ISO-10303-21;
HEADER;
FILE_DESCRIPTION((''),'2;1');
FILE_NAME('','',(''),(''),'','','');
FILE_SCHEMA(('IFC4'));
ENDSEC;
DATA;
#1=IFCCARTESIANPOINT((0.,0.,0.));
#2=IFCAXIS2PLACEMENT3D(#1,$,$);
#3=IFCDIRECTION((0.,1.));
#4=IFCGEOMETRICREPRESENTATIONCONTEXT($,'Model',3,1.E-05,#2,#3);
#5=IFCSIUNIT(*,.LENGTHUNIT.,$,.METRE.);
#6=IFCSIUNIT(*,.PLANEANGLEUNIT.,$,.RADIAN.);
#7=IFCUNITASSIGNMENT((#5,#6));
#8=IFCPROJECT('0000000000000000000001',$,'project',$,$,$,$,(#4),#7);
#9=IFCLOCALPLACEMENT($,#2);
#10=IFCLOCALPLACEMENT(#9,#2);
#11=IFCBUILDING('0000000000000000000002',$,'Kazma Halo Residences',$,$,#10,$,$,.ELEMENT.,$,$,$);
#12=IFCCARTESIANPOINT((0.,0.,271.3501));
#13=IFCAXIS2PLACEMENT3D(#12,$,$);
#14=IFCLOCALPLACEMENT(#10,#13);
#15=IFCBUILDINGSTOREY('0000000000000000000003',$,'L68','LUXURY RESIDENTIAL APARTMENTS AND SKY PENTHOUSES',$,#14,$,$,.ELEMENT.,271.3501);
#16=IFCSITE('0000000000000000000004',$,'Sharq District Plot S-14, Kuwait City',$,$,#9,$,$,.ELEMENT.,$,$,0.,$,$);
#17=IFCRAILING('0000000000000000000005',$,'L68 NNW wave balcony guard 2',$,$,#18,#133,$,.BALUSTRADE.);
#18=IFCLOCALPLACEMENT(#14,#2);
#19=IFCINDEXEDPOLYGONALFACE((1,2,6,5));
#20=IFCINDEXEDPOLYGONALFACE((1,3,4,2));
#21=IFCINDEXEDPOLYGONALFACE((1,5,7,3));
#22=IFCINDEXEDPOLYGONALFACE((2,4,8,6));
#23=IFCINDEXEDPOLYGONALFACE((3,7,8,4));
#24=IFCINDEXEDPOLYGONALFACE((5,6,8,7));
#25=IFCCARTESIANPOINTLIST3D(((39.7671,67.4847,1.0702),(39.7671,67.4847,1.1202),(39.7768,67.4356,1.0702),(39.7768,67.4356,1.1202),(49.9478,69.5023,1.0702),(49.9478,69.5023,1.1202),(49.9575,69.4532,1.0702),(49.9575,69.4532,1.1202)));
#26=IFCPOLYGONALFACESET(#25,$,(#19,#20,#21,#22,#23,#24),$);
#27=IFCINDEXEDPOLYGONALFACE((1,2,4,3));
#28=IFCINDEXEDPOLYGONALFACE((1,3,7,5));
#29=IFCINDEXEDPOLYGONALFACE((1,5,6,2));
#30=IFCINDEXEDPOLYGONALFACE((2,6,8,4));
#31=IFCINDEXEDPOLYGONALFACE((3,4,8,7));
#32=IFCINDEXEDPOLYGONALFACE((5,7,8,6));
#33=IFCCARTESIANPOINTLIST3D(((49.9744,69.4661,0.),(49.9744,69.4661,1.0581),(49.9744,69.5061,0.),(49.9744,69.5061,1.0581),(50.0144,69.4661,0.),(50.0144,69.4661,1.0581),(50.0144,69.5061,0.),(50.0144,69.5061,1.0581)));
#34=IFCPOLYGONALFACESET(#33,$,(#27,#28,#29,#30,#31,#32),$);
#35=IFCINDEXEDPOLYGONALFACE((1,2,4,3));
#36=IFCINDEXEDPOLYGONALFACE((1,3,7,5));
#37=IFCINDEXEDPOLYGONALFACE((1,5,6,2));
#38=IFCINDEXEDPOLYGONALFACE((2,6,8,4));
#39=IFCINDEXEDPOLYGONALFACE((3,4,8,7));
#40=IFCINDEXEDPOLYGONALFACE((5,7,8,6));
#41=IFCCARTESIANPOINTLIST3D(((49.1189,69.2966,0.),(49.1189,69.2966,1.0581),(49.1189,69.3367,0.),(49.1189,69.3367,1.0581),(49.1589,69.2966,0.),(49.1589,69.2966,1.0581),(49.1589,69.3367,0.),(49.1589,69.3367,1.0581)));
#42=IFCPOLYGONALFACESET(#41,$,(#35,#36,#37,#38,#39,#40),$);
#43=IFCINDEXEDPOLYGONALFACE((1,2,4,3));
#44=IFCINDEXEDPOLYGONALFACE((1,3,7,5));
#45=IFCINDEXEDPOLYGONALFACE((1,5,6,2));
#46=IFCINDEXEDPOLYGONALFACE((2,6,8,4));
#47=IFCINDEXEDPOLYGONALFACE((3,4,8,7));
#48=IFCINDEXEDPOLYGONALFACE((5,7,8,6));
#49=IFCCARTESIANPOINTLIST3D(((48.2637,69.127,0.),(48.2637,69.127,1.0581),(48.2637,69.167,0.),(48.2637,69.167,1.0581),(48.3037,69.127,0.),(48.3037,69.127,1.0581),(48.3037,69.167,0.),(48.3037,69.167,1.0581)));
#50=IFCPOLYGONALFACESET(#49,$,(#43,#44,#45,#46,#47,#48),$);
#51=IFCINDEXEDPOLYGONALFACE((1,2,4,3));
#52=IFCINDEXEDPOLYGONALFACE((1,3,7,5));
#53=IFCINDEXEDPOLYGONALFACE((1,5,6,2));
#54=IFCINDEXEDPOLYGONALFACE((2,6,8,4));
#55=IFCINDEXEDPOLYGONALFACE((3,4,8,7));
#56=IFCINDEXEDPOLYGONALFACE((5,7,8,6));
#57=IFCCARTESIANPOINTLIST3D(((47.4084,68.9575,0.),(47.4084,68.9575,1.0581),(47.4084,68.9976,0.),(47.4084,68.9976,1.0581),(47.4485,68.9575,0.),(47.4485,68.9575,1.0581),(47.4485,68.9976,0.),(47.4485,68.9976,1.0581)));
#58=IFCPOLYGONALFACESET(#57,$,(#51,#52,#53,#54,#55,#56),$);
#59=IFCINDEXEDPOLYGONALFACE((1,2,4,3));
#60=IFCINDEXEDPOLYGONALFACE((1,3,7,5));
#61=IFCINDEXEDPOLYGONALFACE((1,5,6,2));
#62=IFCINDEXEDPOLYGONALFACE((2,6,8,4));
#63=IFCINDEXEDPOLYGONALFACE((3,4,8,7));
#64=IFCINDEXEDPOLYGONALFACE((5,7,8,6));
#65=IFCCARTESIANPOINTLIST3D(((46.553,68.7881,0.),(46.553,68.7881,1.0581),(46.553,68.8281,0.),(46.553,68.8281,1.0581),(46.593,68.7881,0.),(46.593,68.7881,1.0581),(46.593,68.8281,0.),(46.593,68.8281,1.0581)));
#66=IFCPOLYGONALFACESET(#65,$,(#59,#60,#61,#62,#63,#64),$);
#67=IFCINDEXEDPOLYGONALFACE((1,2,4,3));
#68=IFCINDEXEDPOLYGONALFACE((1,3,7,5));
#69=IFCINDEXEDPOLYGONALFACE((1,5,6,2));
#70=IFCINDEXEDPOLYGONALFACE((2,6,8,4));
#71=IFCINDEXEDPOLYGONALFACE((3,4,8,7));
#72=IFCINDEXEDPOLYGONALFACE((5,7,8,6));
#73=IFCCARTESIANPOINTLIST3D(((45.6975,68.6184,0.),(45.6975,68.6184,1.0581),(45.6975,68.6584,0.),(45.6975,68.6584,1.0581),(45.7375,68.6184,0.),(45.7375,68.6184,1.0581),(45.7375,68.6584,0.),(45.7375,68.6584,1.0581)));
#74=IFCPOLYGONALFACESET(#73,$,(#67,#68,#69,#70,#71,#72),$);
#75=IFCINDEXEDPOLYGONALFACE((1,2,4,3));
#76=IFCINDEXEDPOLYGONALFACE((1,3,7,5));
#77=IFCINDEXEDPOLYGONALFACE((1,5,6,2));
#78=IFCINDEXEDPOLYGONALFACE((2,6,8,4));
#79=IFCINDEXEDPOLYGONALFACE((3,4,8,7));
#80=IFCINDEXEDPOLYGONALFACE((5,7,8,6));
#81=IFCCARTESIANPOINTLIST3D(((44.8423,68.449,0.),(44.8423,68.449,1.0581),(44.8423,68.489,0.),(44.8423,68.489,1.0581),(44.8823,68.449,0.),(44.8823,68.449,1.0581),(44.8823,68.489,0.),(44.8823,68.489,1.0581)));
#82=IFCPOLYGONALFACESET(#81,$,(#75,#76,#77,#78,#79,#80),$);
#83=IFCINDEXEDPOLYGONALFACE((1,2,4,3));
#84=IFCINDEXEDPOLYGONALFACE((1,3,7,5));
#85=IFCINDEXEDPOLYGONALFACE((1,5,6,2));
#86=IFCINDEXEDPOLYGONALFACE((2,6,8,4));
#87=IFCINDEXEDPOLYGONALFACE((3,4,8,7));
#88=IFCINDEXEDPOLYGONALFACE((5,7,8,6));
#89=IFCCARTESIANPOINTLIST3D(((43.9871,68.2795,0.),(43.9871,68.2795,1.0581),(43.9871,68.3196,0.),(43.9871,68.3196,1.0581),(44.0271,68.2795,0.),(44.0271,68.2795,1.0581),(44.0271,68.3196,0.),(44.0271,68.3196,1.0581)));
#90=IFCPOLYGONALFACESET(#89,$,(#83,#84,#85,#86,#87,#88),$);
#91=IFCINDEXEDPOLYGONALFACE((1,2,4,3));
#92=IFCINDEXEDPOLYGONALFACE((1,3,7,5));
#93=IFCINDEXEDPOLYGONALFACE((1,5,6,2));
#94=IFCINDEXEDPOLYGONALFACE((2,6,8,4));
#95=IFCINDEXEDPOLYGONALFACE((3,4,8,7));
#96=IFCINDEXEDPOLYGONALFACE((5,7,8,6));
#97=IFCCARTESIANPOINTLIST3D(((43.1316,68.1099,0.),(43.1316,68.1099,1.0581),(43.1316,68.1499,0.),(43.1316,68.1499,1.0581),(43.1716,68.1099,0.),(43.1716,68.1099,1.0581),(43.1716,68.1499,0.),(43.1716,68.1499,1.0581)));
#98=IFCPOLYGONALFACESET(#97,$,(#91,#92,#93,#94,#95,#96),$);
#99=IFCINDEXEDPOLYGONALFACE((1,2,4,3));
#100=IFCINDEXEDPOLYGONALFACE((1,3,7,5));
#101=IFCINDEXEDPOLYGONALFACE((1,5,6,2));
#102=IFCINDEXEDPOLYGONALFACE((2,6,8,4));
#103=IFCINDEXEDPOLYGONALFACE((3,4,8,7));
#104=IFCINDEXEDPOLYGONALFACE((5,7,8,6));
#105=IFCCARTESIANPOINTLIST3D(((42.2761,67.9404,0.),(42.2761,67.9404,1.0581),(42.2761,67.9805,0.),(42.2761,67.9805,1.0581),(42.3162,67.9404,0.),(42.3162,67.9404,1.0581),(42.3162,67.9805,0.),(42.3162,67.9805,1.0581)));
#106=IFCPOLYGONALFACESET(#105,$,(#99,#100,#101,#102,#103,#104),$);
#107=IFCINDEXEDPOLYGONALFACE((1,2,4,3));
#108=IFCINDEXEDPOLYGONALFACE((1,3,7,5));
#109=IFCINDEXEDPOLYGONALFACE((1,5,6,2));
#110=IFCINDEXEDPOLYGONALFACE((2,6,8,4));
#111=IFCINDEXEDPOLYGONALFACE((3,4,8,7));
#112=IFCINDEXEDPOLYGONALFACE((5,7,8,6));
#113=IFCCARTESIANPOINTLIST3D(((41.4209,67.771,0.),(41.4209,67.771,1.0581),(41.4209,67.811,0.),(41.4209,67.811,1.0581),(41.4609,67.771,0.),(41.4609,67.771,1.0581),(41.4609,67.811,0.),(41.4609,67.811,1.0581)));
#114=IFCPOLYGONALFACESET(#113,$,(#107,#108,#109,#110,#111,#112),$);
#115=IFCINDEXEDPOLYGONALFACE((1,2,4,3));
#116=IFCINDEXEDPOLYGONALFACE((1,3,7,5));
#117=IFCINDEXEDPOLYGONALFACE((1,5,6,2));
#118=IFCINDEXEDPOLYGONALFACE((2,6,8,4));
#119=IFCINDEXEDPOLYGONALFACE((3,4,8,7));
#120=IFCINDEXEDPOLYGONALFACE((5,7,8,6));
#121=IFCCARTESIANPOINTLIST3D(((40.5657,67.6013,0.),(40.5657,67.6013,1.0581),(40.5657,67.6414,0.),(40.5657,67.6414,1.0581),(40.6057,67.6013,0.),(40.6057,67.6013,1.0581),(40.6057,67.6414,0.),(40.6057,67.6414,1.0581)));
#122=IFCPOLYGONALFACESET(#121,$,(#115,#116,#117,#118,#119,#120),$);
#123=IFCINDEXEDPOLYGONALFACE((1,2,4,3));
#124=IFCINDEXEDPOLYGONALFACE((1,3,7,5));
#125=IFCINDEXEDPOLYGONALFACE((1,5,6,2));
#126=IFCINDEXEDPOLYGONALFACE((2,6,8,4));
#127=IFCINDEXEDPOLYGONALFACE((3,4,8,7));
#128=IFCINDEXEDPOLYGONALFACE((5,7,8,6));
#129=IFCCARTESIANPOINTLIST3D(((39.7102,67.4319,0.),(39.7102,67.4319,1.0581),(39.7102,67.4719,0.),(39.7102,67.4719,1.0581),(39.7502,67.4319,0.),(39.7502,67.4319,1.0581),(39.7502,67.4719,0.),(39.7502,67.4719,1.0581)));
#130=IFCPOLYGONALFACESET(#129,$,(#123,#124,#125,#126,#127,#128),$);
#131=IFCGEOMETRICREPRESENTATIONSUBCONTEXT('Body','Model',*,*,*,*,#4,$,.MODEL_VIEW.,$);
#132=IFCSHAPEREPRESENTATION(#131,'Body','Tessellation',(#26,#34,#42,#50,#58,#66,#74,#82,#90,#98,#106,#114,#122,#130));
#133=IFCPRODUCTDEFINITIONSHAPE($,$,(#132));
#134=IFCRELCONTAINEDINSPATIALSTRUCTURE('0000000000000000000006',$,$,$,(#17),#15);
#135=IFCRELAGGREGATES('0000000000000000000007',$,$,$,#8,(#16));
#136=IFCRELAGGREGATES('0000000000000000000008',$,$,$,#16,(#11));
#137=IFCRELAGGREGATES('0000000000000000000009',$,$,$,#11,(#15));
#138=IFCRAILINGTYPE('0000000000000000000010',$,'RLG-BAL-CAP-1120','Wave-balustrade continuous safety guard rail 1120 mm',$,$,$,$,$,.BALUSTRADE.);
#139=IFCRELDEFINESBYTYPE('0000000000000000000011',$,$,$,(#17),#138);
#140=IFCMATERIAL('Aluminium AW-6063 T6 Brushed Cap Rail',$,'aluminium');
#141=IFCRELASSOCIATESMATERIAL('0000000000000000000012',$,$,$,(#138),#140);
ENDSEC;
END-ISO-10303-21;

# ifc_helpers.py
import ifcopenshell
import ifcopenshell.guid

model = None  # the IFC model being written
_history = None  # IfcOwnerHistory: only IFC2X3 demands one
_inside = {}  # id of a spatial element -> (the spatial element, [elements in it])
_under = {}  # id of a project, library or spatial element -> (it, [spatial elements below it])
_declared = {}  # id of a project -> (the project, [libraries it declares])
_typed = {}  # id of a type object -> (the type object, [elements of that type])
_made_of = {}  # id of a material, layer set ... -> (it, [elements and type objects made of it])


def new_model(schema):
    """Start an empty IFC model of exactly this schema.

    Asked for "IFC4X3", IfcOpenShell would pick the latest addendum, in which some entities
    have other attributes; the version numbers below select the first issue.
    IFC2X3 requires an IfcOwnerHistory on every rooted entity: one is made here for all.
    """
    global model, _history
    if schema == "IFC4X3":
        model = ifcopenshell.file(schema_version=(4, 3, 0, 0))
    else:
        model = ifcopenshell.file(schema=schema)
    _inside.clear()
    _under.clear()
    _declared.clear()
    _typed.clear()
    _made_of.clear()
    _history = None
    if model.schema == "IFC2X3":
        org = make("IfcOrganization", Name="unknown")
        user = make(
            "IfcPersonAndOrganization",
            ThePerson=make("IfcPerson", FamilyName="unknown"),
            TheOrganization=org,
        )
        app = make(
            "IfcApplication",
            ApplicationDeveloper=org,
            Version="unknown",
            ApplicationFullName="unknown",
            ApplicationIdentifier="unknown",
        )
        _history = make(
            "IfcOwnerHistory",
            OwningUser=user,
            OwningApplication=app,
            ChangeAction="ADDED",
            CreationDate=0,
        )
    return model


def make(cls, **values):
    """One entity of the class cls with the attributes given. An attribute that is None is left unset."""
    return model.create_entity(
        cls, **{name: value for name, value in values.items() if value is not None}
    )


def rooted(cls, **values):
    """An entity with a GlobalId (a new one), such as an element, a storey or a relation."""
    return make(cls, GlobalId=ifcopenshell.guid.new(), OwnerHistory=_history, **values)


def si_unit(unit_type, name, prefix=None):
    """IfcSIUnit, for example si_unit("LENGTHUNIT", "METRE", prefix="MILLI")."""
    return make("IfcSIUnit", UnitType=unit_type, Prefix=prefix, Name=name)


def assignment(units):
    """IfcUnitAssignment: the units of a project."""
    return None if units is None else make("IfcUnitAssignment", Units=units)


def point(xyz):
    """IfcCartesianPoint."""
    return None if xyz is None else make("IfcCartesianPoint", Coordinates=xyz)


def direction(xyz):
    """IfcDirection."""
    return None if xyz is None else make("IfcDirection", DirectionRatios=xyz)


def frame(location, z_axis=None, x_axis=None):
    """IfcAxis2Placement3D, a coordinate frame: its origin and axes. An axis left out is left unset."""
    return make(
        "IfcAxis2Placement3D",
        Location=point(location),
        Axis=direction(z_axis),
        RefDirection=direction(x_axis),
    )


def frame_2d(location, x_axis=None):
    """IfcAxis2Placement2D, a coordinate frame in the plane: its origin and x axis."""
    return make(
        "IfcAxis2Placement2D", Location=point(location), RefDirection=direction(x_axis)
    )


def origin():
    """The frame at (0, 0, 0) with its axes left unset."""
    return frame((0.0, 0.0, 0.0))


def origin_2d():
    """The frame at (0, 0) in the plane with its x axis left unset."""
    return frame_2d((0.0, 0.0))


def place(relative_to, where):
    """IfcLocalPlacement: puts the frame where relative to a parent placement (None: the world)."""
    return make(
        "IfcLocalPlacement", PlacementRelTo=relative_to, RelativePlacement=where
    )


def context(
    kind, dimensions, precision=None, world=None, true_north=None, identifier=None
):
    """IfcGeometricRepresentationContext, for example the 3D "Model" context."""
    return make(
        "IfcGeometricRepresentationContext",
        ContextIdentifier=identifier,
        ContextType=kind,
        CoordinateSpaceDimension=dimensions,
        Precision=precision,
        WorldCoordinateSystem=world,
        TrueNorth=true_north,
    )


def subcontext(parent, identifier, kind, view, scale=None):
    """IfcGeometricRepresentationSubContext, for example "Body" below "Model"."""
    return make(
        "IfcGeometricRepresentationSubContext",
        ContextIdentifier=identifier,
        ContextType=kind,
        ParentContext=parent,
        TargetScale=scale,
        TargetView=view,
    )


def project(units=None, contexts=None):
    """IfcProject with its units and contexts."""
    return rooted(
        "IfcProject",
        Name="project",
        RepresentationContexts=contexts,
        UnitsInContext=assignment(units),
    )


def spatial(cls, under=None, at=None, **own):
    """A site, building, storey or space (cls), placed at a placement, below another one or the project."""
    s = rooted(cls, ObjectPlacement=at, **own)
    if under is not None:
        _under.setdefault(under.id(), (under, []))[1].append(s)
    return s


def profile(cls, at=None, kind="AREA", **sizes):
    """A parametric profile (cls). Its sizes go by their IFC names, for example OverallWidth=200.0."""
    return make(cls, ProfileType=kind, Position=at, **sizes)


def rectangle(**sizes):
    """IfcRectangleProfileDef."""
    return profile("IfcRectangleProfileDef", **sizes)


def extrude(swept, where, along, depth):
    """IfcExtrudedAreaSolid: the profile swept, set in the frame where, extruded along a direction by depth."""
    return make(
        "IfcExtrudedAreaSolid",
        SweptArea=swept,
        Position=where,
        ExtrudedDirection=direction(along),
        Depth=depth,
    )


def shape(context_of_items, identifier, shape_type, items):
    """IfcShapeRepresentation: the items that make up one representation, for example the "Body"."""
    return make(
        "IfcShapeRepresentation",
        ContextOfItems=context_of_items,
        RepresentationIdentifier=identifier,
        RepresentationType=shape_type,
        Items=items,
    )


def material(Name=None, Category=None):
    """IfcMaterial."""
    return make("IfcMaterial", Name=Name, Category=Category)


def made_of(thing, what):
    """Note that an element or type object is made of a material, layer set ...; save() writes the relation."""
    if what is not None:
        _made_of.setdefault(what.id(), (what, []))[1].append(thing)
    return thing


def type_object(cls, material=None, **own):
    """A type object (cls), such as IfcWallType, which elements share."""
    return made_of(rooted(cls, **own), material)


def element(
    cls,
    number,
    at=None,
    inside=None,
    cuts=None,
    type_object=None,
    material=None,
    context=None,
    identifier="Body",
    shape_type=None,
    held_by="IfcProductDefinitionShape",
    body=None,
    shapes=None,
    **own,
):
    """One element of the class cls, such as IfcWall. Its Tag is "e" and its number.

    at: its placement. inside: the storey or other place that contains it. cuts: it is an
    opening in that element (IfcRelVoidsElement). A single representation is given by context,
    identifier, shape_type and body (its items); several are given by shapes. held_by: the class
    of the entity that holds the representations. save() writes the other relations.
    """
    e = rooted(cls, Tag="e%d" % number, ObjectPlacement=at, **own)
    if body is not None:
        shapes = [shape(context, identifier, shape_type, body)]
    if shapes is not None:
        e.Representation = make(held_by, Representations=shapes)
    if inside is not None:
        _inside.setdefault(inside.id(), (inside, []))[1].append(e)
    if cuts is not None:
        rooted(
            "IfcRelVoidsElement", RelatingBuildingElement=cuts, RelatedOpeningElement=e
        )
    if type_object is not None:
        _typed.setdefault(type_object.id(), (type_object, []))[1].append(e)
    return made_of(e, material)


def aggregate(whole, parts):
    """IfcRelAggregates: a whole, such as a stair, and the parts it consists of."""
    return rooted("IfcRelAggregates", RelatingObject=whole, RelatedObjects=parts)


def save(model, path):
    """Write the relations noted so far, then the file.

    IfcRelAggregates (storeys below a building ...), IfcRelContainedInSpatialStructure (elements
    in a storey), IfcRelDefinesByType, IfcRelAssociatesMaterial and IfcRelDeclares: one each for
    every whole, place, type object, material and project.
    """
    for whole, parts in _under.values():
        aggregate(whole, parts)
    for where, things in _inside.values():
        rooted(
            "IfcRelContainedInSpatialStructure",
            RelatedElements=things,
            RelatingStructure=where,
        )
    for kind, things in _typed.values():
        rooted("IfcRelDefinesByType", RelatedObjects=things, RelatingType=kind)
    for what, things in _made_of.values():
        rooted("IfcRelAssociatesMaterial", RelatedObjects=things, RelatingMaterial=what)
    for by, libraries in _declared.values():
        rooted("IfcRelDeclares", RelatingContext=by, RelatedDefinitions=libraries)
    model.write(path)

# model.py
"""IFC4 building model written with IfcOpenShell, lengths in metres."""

from ifc_helpers import new_model, si_unit, direction, frame, origin, origin_2d, place, context, subcontext, project, spatial, rectangle, extrude, material, type_object, element, save


model = new_model("IFC4")

# Units and contexts
model_context = context("Model", 3, precision=1e-05, world=origin(), true_north=direction((0.0, 1.0)))
body_context = subcontext(model_context, "Body", "Model", "MODEL_VIEW")
ifc_project = project(units=[si_unit("LENGTHUNIT", "METRE"), si_unit("PLANEANGLEUNIT", "RADIAN")], contexts=[model_context])

# Site, building, storey
site_placement = place(None, origin())
site = spatial("IfcSite", under=ifc_project, at=site_placement, Name="Sharq District Plot S-14, Kuwait City", CompositionType="ELEMENT", RefElevation=0.0)
building_placement = place(site_placement, origin())
building = spatial("IfcBuilding", under=site, at=building_placement, Name="Kazma Halo Residences", CompositionType="ELEMENT")
storey_placement = place(building_placement, frame((0.0, 0.0, 271.3501)))
storey = spatial("IfcBuildingStorey", under=building, at=storey_placement, Name="L68", Description="LUXURY RESIDENTIAL APARTMENTS AND SKY PENTHOUSES", CompositionType="ELEMENT", Elevation=271.3501)

# Railing
ifc_material_1 = material(Name="Aluminium AW-6063 T6 Brushed Cap Rail", Category="aluminium")
railing_type = type_object("IfcRailingType", Name="RLG-BAL-CAP-1120", Description="Wave-balustrade continuous safety guard rail 1120 mm", PredefinedType="BALUSTRADE", material=ifc_material_1)
railing_1_placement = place(storey_placement, frame((49.9944, 69.4861, 0.0)))
element("IfcRailing", 1, at=railing_1_placement, inside=storey, type_object=railing_type, Name="L68 NNW wave balcony guard 2", PredefinedType="BALUSTRADE", context=body_context, shape_type="SweptSolid", body=[
    extrude(rectangle(XDim=0.05, YDim=0.05, at=origin_2d()), frame((-0.0417, -0.0083, 1.0952), z_axis=(-0.980922, -0.194402, 0.0), x_axis=(0.194402, -0.980922, 0.0)), (0.0, 0.0, 1.0), 10.3787),
    extrude(rectangle(XDim=0.04, YDim=0.04, at=origin_2d()), origin(), (0.0, 0.0, 1.0), 1.0581),
    extrude(rectangle(XDim=0.04, YDim=0.04, at=origin_2d()), frame((-0.8555, -0.1694, 0.0)), (0.0, 0.0, 1.0), 1.0581),
    extrude(rectangle(XDim=0.04, YDim=0.04, at=origin_2d()), frame((-1.7107, -0.3391, 0.0)), (0.0, 0.0, 1.0), 1.0581),
    extrude(rectangle(XDim=0.04, YDim=0.04, at=origin_2d()), frame((-2.5659, -0.5085, 0.0)), (0.0, 0.0, 1.0), 1.0581),
    extrude(rectangle(XDim=0.04, YDim=0.04, at=origin_2d()), frame((-3.4214, -0.678, 0.0)), (0.0, 0.0, 1.0), 1.0581),
    extrude(rectangle(XDim=0.04, YDim=0.04, at=origin_2d()), frame((-4.2769, -0.8477, 0.0)), (0.0, 0.0, 1.0), 1.0581),
    extrude(rectangle(XDim=0.04, YDim=0.04, at=origin_2d()), frame((-5.1321, -1.0171, 0.0)), (0.0, 0.0, 1.0), 1.0581),
    extrude(rectangle(XDim=0.04, YDim=0.04, at=origin_2d()), frame((-5.9873, -1.1865, 0.0)), (0.0, 0.0, 1.0), 1.0581),
    extrude(rectangle(XDim=0.04, YDim=0.04, at=origin_2d()), frame((-6.8428, -1.3562, 0.0)), (0.0, 0.0, 1.0), 1.0581),
    extrude(rectangle(XDim=0.04, YDim=0.04, at=origin_2d()), frame((-7.6982, -1.5256, 0.0)), (0.0, 0.0, 1.0), 1.0581),
    extrude(rectangle(XDim=0.04, YDim=0.04, at=origin_2d()), frame((-8.5535, -1.6951, 0.0)), (0.0, 0.0, 1.0), 1.0581),
    extrude(rectangle(XDim=0.04, YDim=0.04, at=origin_2d()), frame((-9.4087, -1.8647, 0.0)), (0.0, 0.0, 1.0), 1.0581),
    extrude(rectangle(XDim=0.04, YDim=0.04, at=origin_2d()), frame((-10.2642, -2.0342, 0.0)), (0.0, 0.0, 1.0), 1.0581),
])

save(model, "model.ifc")
